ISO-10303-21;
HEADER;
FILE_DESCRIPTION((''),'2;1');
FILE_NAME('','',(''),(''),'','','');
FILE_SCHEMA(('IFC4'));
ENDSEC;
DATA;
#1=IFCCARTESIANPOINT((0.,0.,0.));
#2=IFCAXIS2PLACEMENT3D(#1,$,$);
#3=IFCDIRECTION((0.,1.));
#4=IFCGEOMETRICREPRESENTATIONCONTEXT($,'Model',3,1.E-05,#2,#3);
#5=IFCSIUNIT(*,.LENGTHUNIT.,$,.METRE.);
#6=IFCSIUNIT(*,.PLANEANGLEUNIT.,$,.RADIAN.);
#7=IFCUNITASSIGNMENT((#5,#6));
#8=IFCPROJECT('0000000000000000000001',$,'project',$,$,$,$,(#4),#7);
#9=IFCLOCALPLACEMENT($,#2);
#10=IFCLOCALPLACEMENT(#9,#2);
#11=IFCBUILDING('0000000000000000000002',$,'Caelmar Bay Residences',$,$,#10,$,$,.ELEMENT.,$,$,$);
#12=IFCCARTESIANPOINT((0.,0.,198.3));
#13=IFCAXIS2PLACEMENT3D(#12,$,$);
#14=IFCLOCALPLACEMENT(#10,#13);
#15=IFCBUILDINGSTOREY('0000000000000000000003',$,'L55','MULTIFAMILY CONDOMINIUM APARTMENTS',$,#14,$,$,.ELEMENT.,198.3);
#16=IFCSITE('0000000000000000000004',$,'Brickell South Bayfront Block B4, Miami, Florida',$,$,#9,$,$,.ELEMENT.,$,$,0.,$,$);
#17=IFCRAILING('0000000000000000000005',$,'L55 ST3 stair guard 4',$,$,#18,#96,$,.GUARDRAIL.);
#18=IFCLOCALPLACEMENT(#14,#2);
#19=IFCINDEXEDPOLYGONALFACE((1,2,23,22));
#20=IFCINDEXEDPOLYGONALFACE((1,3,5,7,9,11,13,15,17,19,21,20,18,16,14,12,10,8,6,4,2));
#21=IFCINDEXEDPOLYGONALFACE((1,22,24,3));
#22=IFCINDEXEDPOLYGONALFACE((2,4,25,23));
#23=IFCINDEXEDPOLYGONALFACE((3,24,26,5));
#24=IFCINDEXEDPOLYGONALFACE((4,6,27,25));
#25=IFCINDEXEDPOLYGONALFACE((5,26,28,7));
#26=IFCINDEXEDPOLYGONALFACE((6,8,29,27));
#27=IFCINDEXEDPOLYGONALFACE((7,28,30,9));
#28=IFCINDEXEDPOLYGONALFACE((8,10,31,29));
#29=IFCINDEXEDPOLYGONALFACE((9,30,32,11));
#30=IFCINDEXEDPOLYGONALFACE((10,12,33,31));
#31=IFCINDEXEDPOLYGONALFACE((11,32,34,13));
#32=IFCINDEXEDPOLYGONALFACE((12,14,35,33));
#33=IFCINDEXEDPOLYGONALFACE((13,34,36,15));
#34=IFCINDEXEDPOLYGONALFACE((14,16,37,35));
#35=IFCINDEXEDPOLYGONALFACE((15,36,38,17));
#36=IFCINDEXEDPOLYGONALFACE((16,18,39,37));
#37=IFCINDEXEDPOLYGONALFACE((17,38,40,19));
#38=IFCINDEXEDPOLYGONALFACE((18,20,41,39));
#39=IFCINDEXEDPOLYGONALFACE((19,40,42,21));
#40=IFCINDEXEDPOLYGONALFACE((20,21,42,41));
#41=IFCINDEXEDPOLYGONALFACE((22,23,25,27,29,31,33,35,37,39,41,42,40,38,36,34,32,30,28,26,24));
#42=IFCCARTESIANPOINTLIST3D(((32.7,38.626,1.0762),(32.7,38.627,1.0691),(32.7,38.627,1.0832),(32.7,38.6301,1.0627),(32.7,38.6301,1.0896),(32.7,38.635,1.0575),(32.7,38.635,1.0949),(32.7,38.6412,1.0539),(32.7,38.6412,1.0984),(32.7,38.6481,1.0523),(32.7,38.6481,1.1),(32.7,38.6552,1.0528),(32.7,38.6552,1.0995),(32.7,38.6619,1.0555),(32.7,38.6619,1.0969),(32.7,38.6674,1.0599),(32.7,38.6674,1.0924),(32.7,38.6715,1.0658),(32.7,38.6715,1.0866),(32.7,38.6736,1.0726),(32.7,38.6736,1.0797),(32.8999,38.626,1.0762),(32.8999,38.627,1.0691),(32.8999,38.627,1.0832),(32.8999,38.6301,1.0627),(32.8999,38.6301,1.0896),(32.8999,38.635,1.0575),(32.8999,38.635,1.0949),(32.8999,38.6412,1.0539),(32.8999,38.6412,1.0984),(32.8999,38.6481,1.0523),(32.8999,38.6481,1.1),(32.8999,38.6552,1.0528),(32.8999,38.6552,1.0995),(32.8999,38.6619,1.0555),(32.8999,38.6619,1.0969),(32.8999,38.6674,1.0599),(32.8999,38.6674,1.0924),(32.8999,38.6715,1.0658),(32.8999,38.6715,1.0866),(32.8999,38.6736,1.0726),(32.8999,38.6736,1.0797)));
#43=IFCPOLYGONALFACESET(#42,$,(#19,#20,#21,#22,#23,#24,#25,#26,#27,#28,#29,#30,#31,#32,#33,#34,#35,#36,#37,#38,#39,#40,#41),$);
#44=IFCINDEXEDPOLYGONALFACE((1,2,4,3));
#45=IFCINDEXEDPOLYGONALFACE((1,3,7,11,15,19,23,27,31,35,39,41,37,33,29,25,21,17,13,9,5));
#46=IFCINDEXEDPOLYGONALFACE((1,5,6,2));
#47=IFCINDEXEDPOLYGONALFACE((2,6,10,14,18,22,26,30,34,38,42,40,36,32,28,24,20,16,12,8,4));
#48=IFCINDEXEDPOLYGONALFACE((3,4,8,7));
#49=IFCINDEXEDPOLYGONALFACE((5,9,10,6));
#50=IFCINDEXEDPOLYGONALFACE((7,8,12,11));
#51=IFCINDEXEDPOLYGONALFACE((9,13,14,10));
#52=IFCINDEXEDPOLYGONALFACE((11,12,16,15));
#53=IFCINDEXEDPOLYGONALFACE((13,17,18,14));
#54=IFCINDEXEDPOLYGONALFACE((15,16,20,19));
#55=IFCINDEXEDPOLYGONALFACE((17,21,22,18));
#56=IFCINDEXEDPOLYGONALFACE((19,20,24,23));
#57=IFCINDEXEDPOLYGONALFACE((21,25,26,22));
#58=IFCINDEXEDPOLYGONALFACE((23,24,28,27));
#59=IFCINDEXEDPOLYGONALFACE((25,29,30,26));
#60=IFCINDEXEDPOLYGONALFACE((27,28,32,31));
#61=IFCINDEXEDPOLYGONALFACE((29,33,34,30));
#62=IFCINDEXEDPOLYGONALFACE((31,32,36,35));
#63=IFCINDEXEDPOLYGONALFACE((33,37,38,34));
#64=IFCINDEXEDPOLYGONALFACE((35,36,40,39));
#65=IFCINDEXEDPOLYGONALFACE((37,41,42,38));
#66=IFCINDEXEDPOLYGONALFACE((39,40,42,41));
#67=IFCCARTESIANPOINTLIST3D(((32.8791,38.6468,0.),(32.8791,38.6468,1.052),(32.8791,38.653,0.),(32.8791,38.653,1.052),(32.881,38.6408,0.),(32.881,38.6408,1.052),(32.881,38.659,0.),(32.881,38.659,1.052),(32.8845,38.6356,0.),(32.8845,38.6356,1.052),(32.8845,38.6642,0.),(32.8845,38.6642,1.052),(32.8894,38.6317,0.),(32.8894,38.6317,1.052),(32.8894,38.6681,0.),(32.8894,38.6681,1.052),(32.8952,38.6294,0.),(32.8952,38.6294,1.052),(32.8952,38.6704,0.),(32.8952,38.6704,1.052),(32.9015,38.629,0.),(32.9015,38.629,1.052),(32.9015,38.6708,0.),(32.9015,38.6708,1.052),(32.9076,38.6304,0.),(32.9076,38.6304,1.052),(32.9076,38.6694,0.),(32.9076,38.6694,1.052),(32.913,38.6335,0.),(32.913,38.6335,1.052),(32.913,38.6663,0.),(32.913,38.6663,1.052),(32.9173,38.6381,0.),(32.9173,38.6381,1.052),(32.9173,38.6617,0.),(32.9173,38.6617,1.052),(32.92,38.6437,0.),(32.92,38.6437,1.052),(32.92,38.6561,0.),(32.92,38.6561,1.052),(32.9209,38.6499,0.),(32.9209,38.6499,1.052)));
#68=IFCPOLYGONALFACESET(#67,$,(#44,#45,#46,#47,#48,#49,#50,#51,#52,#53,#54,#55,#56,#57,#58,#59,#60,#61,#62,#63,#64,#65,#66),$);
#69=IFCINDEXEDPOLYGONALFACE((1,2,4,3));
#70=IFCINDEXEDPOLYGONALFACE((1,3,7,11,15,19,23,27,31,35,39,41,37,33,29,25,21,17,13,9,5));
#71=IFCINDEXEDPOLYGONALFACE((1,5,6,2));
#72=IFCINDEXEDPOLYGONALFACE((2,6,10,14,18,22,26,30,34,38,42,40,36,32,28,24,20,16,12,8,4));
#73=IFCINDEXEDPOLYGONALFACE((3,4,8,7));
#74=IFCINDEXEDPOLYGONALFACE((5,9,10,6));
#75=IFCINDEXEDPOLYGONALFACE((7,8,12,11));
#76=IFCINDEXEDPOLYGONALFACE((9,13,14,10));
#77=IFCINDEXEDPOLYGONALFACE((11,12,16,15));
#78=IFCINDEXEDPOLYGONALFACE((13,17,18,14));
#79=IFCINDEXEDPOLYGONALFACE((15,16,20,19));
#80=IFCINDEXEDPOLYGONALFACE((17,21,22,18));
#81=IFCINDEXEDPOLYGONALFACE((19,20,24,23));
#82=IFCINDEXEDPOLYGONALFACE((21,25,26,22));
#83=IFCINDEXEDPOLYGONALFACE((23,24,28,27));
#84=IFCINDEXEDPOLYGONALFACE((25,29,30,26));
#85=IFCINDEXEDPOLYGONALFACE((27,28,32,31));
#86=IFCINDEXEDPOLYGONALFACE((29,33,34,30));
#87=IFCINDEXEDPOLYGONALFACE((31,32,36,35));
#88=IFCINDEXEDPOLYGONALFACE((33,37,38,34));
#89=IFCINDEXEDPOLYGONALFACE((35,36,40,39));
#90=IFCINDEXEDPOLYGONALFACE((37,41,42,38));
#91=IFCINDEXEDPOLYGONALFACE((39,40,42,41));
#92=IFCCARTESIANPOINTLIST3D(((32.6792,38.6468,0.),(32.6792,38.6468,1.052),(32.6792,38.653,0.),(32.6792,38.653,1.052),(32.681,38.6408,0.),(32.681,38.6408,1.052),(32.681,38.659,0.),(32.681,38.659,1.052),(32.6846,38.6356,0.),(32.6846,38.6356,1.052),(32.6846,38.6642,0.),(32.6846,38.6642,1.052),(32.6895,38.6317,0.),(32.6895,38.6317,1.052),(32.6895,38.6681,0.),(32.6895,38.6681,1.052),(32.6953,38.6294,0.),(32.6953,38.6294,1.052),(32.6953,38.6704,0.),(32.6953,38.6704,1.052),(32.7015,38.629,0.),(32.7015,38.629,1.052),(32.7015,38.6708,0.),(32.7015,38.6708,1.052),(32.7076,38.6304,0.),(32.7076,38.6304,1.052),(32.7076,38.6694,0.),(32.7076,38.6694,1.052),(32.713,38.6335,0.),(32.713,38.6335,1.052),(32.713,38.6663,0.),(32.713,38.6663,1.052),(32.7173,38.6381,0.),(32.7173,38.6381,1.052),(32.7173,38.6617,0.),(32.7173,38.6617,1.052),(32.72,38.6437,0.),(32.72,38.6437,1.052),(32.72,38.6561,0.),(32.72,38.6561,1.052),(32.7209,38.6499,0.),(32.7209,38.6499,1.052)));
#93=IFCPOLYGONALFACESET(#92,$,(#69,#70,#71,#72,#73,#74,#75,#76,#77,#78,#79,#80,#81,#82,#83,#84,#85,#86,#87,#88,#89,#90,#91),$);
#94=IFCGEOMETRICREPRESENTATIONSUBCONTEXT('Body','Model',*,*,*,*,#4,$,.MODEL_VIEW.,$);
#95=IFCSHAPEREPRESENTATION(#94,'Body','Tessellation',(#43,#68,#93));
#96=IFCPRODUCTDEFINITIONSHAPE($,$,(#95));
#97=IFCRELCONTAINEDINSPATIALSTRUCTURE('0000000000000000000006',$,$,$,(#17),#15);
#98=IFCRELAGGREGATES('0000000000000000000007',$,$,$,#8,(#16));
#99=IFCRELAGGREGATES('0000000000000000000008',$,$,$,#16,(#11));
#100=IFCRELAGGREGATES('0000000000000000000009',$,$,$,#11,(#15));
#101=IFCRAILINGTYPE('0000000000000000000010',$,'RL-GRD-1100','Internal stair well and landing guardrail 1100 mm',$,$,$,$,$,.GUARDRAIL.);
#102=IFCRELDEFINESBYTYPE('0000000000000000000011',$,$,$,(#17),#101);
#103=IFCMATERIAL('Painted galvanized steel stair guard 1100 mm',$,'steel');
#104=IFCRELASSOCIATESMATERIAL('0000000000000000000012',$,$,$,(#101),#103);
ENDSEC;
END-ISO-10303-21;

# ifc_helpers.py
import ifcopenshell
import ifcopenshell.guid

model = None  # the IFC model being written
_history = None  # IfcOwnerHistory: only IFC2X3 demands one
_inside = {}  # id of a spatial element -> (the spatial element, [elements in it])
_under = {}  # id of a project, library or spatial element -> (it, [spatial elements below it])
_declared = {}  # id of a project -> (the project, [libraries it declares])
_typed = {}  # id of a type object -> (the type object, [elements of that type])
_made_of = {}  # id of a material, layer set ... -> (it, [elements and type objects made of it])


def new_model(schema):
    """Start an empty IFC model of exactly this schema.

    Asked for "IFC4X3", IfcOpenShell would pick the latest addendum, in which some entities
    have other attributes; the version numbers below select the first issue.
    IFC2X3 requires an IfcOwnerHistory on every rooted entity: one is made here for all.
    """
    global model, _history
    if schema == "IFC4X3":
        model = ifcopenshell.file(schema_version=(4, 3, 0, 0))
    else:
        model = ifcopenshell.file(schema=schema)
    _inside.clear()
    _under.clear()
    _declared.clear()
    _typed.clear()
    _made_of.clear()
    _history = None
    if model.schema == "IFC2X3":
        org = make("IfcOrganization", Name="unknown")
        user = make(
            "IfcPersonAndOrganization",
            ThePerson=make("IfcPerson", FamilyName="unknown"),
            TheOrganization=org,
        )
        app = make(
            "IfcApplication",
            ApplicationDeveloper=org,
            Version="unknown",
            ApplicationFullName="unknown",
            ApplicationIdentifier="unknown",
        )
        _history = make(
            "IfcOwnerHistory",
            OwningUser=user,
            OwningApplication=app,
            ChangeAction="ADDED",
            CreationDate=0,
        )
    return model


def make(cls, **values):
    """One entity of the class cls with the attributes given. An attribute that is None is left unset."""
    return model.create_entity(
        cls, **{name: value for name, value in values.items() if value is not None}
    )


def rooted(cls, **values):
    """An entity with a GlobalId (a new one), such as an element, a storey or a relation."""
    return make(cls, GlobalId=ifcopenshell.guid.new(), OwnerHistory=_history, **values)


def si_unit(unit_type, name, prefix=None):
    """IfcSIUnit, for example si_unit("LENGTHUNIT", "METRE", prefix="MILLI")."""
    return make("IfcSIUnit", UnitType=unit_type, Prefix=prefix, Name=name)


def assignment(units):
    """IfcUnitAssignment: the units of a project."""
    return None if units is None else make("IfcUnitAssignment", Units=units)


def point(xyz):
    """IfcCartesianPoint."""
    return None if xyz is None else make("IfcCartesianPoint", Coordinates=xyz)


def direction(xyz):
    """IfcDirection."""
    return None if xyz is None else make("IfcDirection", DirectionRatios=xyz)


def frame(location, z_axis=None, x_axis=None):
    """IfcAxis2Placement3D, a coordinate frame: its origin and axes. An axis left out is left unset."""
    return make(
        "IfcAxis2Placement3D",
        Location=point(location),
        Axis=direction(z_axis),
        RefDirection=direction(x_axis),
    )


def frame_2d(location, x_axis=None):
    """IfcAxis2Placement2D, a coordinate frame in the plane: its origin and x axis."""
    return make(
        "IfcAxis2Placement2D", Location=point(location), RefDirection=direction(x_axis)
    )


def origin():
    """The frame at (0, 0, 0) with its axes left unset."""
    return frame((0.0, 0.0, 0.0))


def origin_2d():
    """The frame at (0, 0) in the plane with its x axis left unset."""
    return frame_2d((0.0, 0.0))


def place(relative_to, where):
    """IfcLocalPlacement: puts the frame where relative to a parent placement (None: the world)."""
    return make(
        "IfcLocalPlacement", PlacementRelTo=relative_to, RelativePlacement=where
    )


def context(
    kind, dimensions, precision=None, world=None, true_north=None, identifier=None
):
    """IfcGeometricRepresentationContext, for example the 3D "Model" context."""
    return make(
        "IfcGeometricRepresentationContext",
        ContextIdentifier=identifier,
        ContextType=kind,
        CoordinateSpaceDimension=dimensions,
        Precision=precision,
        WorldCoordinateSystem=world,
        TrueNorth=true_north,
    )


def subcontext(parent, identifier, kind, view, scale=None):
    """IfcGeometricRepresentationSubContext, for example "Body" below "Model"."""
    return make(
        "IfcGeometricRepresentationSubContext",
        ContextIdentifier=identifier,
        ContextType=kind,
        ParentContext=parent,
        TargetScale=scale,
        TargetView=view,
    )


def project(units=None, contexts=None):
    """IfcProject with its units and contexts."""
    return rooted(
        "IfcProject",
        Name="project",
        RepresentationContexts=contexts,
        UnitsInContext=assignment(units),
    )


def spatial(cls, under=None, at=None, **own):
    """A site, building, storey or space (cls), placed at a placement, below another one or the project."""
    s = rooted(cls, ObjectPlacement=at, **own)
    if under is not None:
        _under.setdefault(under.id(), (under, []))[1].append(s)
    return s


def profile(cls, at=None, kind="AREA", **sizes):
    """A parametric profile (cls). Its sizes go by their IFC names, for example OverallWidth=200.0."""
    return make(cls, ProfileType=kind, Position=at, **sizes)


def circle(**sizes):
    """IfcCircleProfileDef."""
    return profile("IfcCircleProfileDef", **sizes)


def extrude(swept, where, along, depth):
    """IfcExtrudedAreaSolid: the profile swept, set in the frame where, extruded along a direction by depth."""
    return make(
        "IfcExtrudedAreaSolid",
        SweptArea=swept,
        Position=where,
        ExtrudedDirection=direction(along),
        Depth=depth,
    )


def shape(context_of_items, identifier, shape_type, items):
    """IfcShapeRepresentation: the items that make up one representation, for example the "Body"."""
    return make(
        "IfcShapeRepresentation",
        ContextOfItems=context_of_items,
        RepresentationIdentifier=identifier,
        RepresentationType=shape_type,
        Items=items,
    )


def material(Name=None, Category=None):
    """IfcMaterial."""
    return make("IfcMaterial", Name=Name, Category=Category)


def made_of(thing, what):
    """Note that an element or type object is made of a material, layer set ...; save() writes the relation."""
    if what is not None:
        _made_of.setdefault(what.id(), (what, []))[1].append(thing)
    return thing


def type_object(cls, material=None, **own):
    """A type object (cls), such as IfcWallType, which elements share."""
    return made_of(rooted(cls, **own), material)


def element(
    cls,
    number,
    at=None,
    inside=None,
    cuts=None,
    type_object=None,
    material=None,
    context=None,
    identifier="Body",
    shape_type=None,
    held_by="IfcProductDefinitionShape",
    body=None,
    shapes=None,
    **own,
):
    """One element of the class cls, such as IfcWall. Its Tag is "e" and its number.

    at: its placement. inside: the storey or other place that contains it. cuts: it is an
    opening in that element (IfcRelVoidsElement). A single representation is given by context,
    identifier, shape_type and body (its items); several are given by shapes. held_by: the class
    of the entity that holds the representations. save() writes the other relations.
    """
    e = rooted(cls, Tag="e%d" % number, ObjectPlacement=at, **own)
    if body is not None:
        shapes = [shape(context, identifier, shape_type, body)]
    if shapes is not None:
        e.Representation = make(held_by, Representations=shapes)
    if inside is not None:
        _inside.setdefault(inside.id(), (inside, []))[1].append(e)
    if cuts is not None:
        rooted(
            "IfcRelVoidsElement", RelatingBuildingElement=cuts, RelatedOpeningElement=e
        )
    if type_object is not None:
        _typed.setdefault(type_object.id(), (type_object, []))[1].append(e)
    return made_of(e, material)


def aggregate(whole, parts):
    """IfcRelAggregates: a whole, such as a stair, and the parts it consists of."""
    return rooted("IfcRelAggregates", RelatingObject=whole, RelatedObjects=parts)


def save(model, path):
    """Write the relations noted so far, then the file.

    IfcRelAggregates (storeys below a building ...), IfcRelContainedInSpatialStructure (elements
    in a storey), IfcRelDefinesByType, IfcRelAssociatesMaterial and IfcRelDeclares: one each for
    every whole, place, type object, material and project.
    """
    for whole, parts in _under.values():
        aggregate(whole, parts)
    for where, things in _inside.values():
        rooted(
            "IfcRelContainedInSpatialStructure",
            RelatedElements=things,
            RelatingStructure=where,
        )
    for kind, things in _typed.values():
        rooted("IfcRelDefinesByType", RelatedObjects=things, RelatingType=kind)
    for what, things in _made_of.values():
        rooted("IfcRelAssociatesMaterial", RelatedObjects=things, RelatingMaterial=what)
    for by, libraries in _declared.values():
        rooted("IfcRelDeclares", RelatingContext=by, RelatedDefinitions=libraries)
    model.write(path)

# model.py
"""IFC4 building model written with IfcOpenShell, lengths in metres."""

from ifc_helpers import new_model, si_unit, direction, frame, origin, origin_2d, place, context, subcontext, project, spatial, circle, extrude, material, type_object, element, save


model = new_model("IFC4")

# Units and contexts
model_context = context("Model", 3, precision=1e-05, world=origin(), true_north=direction((0.0, 1.0)))
body_context = subcontext(model_context, "Body", "Model", "MODEL_VIEW")
ifc_project = project(units=[si_unit("LENGTHUNIT", "METRE"), si_unit("PLANEANGLEUNIT", "RADIAN")], contexts=[model_context])

# Site, building, storey
site_placement = place(None, origin())
site = spatial("IfcSite", under=ifc_project, at=site_placement, Name="Brickell South Bayfront Block B4, Miami, Florida", CompositionType="ELEMENT", RefElevation=0.0)
building_placement = place(site_placement, origin())
building = spatial("IfcBuilding", under=site, at=building_placement, Name="Caelmar Bay Residences", CompositionType="ELEMENT")
storey_placement = place(building_placement, frame((0.0, 0.0, 198.3)))
storey = spatial("IfcBuildingStorey", under=building, at=storey_placement, Name="L55", Description="MULTIFAMILY CONDOMINIUM APARTMENTS", CompositionType="ELEMENT", Elevation=198.3)

# Railing
ifc_material_1 = material(Name="Painted galvanized steel stair guard 1100 mm", Category="steel")
railing_type_1 = type_object("IfcRailingType", Name="RL-GRD-1100", Description="Internal stair well and landing guardrail 1100 mm", PredefinedType="GUARDRAIL", material=ifc_material_1)
railing_1_placement = place(storey_placement, frame((32.8999, 38.6499, 0.0)))
element("IfcRailing", 1, at=railing_1_placement, inside=storey, type_object=railing_type_1, Name="L55 ST3 stair guard 4", PredefinedType="GUARDRAIL", context=body_context, shape_type="SweptSolid", body=[
    extrude(circle(Radius=0.0239, at=origin_2d()), frame((0.0, 0.0, 1.0762), z_axis=(-1.0, 0.0, 0.0), x_axis=(0.0, -1.0, 0.0)), (0.0, 0.0, 1.0), 0.2),
    extrude(circle(Radius=0.021, at=origin_2d()), origin(), (0.0, 0.0, 1.0), 1.052),
    extrude(circle(Radius=0.021, at=origin_2d()), frame((-0.2, 0.0, 0.0)), (0.0, 0.0, 1.0), 1.052),
])

save(model, "model.ifc")
